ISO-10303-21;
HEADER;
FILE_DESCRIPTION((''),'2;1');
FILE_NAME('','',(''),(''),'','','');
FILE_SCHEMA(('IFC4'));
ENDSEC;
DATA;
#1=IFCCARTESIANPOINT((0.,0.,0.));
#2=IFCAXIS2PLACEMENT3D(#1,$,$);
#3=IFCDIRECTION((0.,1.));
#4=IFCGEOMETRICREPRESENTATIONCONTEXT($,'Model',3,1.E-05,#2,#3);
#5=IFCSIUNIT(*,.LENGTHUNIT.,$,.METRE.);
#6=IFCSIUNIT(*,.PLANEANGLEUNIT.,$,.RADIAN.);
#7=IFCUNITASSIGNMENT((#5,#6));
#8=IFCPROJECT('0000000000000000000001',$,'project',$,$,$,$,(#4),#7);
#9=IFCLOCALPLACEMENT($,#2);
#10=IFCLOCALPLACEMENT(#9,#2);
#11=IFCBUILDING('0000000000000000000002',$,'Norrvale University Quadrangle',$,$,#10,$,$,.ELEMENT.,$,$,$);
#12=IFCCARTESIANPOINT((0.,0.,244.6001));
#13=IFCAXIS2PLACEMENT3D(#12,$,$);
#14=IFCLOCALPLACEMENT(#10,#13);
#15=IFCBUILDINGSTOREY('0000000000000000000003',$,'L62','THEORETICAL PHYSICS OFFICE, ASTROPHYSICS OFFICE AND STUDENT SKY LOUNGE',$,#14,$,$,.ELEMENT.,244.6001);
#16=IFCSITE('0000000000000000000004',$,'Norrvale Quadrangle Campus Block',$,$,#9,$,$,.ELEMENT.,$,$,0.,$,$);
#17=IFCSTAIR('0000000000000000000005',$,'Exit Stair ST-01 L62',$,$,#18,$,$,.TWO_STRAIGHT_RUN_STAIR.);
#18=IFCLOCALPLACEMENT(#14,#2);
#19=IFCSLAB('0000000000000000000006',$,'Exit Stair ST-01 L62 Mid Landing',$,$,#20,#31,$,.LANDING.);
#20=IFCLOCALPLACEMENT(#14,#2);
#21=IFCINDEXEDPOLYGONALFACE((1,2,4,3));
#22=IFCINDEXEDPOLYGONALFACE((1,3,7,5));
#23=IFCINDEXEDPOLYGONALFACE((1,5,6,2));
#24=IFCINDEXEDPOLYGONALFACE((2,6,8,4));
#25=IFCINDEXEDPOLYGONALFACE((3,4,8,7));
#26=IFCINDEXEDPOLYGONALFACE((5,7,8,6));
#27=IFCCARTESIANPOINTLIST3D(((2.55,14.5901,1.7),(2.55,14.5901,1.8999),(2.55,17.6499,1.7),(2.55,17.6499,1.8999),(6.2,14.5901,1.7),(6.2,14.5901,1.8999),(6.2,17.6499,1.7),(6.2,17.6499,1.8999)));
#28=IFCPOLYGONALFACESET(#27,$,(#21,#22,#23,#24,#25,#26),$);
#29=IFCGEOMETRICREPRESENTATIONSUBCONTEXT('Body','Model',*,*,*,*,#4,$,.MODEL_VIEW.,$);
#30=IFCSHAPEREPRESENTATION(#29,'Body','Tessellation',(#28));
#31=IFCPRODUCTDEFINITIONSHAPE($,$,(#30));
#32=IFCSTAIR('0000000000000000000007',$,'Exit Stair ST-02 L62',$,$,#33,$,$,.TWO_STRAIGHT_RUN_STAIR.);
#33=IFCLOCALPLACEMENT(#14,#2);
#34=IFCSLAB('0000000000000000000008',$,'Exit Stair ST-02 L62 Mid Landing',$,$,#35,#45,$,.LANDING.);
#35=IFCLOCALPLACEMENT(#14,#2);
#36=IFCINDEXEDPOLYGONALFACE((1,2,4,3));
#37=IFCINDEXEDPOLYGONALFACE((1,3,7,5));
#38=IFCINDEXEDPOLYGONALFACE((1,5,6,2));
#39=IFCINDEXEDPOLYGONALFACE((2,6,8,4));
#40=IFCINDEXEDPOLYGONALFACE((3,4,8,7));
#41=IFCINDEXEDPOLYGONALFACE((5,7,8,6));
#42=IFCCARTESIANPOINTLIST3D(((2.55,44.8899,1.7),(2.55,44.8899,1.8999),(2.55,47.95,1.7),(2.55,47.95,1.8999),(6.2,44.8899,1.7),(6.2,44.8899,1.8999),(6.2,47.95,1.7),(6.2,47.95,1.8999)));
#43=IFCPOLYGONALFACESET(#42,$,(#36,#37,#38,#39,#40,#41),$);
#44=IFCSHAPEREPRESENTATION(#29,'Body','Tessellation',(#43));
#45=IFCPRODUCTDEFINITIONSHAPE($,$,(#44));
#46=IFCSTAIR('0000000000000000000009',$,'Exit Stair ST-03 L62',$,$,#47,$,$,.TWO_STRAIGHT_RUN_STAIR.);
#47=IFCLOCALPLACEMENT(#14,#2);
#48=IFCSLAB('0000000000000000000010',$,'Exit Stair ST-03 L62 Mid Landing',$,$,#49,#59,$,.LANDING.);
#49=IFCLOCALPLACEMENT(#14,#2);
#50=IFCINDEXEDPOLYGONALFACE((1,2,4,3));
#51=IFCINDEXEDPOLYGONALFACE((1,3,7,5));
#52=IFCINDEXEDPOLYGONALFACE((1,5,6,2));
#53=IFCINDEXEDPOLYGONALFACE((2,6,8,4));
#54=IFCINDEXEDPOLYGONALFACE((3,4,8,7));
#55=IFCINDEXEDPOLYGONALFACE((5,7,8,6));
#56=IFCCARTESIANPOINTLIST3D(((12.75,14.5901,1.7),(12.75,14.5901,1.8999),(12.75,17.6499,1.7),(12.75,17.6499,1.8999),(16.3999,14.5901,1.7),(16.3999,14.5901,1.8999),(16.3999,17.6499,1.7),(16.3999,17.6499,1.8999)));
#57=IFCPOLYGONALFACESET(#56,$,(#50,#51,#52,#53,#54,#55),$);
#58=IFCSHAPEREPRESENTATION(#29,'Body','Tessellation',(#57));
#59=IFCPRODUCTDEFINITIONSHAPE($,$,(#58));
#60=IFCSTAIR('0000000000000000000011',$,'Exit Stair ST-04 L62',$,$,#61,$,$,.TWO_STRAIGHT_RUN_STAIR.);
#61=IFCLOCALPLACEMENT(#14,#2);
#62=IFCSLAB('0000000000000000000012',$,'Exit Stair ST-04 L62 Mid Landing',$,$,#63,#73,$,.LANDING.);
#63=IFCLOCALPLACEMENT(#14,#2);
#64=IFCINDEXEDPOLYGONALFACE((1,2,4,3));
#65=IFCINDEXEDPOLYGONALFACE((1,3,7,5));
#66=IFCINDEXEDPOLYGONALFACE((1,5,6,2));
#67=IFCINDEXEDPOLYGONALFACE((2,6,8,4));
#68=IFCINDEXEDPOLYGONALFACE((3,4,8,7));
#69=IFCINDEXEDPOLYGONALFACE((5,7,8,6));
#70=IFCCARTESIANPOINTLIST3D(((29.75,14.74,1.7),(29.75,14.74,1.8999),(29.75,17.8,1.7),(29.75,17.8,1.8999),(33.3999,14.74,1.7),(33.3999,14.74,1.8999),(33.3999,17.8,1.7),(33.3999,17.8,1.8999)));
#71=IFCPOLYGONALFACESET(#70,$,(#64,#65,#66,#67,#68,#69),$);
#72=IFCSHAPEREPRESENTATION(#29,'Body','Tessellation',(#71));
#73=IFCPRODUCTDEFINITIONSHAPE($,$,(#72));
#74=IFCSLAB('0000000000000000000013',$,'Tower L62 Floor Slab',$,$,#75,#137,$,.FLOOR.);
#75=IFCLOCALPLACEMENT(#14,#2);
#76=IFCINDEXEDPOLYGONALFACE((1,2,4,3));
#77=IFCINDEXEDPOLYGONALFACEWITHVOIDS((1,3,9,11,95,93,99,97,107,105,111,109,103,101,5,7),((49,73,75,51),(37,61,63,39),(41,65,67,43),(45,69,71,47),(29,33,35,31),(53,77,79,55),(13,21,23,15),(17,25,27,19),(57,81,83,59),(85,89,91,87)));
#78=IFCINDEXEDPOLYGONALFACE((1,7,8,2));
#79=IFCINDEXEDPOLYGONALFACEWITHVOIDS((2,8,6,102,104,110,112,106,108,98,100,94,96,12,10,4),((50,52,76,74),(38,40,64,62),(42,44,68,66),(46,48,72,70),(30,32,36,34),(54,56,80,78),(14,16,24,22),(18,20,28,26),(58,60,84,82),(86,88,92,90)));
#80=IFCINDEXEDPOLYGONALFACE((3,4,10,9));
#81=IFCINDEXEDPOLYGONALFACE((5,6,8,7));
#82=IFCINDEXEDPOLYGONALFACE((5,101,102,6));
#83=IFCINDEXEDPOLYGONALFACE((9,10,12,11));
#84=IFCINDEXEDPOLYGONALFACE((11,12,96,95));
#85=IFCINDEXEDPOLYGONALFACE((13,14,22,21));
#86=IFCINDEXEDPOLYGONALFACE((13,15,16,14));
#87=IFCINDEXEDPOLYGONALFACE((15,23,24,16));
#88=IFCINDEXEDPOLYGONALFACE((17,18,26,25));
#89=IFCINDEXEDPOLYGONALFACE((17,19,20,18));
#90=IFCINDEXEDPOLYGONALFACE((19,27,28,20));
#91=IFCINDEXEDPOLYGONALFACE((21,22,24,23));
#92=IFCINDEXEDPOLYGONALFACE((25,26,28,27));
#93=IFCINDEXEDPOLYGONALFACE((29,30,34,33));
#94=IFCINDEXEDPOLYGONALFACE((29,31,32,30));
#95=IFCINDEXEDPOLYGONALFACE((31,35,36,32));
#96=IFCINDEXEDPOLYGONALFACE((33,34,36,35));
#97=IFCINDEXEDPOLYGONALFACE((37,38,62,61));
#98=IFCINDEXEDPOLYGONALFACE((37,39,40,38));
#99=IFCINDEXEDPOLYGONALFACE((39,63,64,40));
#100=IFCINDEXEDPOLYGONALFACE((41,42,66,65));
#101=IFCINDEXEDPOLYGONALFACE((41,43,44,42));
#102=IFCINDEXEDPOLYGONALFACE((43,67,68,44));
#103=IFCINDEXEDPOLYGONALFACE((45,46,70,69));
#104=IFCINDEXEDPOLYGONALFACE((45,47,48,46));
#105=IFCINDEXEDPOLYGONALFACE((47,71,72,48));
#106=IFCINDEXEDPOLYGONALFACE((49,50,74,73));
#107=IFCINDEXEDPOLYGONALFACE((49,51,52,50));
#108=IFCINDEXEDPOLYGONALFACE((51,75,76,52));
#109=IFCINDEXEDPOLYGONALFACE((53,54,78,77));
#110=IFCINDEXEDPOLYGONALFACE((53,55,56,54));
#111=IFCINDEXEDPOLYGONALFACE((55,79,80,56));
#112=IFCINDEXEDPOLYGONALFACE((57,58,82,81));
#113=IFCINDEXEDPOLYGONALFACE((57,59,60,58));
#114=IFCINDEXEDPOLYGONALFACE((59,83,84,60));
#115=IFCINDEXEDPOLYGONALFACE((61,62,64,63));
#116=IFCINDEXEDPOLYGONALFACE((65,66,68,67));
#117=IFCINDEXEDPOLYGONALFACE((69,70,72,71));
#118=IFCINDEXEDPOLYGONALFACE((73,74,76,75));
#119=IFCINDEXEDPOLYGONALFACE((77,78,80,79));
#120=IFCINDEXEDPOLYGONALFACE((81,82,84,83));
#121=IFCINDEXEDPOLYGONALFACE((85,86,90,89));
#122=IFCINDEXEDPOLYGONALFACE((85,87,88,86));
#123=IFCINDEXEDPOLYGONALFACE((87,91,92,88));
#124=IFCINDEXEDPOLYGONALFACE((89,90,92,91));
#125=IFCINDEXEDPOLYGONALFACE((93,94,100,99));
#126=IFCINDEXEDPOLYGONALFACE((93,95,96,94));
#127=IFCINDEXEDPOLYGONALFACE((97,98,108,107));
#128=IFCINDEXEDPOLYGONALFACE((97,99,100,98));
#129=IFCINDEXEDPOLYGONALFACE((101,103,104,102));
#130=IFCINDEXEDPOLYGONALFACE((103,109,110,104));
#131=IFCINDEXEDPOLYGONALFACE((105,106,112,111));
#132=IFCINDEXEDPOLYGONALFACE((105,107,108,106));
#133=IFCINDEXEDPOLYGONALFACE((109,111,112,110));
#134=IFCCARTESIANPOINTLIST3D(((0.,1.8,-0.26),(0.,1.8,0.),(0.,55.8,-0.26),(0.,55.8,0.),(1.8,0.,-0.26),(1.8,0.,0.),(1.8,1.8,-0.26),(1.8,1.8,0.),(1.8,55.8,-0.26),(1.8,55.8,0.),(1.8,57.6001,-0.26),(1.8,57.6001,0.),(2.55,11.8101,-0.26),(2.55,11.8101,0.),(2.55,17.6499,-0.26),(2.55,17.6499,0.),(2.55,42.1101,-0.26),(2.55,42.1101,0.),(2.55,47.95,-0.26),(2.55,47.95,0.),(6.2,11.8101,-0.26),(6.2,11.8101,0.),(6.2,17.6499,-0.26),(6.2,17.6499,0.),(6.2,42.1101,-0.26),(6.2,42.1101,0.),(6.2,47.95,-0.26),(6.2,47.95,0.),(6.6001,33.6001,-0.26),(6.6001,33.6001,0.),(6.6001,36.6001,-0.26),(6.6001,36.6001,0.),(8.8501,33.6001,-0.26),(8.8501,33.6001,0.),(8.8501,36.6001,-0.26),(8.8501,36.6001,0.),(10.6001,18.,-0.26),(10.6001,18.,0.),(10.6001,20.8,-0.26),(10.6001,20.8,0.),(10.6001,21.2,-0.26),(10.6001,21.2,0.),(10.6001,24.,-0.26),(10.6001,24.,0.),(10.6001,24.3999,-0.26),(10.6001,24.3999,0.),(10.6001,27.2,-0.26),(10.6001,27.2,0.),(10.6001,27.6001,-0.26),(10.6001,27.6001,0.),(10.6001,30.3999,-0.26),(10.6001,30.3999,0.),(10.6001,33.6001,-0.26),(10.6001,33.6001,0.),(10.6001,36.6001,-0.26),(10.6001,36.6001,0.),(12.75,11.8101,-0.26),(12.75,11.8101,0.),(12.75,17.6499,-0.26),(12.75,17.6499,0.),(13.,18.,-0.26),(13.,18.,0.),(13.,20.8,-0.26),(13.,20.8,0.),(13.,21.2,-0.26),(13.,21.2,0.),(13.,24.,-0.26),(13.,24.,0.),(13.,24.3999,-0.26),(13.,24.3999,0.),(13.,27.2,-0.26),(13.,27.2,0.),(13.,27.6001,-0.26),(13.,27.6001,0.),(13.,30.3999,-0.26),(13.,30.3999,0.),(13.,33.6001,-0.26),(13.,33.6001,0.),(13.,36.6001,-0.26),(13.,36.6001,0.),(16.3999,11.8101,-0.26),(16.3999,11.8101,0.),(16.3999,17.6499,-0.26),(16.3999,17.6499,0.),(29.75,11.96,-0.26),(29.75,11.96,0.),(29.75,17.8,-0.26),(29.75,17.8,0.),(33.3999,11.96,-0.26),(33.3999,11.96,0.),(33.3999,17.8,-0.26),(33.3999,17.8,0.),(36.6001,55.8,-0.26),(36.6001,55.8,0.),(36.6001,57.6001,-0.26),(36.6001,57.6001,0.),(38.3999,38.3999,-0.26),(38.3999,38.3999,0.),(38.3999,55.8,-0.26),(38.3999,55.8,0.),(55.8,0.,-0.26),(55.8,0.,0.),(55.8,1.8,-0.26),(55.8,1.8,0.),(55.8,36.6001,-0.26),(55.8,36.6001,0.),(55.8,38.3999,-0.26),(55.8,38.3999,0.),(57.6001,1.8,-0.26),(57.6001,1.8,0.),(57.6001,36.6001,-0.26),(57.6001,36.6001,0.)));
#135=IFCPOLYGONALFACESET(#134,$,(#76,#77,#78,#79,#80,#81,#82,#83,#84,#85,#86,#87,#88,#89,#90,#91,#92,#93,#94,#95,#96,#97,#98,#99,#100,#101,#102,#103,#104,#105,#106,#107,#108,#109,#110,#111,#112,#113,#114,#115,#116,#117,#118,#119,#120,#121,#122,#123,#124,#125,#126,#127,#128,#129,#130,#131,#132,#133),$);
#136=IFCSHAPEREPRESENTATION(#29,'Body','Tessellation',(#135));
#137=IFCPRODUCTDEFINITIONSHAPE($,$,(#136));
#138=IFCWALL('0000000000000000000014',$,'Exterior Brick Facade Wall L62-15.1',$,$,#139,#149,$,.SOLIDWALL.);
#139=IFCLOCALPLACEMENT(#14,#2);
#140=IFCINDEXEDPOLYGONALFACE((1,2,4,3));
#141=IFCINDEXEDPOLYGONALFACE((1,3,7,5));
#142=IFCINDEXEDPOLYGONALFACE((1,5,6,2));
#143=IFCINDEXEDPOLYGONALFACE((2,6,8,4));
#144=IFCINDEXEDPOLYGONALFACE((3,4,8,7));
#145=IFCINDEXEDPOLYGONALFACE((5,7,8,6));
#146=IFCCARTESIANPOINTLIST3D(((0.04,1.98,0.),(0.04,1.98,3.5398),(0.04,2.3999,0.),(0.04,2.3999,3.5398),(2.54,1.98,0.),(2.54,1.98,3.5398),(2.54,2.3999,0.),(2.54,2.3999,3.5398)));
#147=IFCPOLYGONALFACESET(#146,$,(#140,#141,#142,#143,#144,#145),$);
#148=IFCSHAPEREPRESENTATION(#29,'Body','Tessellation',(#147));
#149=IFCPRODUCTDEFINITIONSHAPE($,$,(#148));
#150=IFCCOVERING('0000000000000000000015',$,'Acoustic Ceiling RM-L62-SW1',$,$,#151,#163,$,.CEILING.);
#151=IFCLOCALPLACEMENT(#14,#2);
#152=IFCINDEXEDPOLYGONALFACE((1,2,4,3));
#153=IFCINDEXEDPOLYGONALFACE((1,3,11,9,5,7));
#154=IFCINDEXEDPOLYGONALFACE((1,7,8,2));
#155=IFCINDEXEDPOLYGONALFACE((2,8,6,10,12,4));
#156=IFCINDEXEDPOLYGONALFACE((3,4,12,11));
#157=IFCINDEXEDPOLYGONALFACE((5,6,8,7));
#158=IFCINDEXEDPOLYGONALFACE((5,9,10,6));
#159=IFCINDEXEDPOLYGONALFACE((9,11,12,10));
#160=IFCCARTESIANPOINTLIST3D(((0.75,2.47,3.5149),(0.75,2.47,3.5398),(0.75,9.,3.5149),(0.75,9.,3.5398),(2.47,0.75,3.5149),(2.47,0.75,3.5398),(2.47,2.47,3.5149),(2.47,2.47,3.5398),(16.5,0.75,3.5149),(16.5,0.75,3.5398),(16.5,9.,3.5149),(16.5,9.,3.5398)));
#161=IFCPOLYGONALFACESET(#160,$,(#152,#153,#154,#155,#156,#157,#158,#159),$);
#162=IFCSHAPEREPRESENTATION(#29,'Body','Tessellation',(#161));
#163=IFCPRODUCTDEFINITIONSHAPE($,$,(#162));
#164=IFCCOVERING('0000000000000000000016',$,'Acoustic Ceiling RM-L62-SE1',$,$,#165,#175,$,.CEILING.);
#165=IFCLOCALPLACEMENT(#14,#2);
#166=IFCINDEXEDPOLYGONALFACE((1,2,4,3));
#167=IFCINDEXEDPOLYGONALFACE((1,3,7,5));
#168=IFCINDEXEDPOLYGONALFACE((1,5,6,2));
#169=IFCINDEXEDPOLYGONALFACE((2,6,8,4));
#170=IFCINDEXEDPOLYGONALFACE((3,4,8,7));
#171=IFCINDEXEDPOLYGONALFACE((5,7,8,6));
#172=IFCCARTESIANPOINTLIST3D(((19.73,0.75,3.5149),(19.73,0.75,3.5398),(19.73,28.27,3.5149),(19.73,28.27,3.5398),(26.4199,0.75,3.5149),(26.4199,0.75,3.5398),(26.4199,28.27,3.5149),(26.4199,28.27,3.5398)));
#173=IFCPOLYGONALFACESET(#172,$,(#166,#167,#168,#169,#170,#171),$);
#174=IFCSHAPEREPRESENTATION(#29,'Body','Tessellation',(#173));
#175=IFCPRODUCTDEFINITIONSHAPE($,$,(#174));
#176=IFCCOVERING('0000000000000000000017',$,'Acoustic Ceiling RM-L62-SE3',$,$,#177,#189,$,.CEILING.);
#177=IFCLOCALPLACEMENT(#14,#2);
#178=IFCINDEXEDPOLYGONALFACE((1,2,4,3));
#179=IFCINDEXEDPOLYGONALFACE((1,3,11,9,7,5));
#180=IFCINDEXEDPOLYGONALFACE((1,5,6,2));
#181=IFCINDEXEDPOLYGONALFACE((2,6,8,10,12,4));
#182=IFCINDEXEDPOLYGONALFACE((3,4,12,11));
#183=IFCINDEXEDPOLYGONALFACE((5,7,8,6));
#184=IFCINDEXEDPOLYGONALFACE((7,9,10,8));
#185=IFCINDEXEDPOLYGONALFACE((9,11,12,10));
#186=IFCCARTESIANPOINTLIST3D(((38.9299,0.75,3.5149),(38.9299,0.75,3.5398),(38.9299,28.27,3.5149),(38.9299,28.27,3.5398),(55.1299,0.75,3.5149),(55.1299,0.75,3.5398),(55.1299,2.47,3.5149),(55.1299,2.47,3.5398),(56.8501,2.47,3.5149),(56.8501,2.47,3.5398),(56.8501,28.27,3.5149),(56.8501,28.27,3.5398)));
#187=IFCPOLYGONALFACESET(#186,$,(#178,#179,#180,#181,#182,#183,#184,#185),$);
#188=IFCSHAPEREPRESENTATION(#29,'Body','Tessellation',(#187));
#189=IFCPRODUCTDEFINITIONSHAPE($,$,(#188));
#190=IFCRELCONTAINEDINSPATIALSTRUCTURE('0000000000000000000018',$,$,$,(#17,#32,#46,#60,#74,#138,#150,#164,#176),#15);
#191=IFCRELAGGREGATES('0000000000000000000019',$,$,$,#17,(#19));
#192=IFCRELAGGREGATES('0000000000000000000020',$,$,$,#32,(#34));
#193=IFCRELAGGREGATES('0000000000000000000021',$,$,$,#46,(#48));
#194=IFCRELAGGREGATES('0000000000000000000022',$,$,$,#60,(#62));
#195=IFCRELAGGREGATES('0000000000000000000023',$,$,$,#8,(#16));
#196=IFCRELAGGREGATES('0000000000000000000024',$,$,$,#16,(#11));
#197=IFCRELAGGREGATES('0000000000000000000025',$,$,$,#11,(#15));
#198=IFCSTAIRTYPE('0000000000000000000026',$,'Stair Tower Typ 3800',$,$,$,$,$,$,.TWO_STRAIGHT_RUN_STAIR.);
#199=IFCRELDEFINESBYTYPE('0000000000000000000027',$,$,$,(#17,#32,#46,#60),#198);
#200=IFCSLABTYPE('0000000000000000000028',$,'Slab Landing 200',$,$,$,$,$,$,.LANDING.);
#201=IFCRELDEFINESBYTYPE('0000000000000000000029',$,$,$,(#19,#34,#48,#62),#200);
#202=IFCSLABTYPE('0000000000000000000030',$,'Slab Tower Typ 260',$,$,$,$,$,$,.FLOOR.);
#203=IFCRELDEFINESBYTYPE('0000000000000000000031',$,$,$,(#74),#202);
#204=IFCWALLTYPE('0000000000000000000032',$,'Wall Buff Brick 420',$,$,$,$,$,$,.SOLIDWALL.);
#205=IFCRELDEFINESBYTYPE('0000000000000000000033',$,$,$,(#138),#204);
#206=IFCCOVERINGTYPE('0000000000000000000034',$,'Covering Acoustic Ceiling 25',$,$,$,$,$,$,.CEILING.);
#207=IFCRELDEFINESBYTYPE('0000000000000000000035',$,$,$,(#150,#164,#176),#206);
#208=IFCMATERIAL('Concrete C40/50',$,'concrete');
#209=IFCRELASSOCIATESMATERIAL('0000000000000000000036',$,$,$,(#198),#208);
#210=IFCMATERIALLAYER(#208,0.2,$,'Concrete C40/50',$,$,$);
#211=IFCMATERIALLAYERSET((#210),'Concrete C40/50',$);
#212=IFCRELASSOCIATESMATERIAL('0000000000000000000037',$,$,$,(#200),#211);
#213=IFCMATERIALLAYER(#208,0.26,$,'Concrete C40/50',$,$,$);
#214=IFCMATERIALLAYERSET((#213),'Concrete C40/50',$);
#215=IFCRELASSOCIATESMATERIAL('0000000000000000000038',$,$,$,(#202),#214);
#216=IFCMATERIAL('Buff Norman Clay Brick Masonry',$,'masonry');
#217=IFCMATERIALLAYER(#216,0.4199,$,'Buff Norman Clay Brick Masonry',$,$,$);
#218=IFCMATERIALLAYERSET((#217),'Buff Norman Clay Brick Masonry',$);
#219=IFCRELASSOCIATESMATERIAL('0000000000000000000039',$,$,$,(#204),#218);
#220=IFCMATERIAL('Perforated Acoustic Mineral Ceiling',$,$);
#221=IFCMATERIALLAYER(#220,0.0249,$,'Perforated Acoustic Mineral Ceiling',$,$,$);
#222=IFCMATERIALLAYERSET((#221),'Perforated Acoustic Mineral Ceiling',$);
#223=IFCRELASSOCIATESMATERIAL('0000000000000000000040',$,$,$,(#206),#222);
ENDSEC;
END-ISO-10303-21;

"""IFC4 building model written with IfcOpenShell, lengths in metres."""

from ifc_helpers import new_model, si_unit, direction, frame, frame_2d, origin, place, context, subcontext, project, spatial, polyline, rectangle, outline, extrude, material, layer, layer_set, type_object, element, aggregate, save


model = new_model("IFC4")

# Units and contexts
model_context = context("Model", 3, precision=1e-05, world=origin(), true_north=direction((0.0, 1.0)))
body_context = subcontext(model_context, "Body", "Model", "MODEL_VIEW")
ifc_project = project(units=[si_unit("LENGTHUNIT", "METRE"), si_unit("PLANEANGLEUNIT", "RADIAN")], contexts=[model_context])

# Site, building, storey
site_placement = place(None, origin())
site = spatial("IfcSite", under=ifc_project, at=site_placement, Name="Norrvale Quadrangle Campus Block", CompositionType="ELEMENT", RefElevation=0.0)
building_placement = place(site_placement, origin())
building = spatial("IfcBuilding", under=site, at=building_placement, Name="Norrvale University Quadrangle", CompositionType="ELEMENT")
storey_placement = place(building_placement, frame((0.0, 0.0, 244.6001)))
storey = spatial("IfcBuildingStorey", under=building, at=storey_placement, Name="L62", Description="THEORETICAL PHYSICS OFFICE, ASTROPHYSICS OFFICE AND STUDENT SKY LOUNGE", CompositionType="ELEMENT", Elevation=244.6001)

# Stairs, slabs
ifc_material_1 = material(Name="Concrete C40/50", Category="concrete")
stair_type = type_object("IfcStairType", Name="Stair Tower Typ 3800", PredefinedType="TWO_STRAIGHT_RUN_STAIR", material=ifc_material_1)
stair_1_placement = place(storey_placement, origin())
stair_1 = element("IfcStair", 1, at=stair_1_placement, inside=storey, type_object=stair_type, Name="Exit Stair ST-01 L62", PredefinedType="TWO_STRAIGHT_RUN_STAIR")
ifc_layer_1 = layer(ifc_material_1, 0.2, Name="Concrete C40/50")
ifc_layer_set_1 = layer_set([ifc_layer_1], Name="Concrete C40/50")
slab_type_1 = type_object("IfcSlabType", Name="Slab Landing 200", PredefinedType="LANDING", material=ifc_layer_set_1)
slab_1_placement = place(storey_placement, frame((0.0, 0.0, 1.7)))
slab_1 = element("IfcSlab", 2, at=slab_1_placement, type_object=slab_type_1, Name="Exit Stair ST-01 L62 Mid Landing", PredefinedType="LANDING", context=body_context, shape_type="SweptSolid", body=[
    extrude(outline(polyline([(2.55, 14.5901), (6.2, 14.5901), (6.2, 17.6499), (2.55, 17.6499), (2.55, 14.5901)])), origin(), (0.0, 0.0, 1.0), 0.2),
])
aggregate(stair_1, [slab_1])
stair_2_placement = place(storey_placement, origin())
stair_2 = element("IfcStair", 3, at=stair_2_placement, inside=storey, type_object=stair_type, Name="Exit Stair ST-02 L62", PredefinedType="TWO_STRAIGHT_RUN_STAIR")
slab_2_placement = place(storey_placement, frame((0.0, 0.0, 1.7)))
slab_2 = element("IfcSlab", 4, at=slab_2_placement, type_object=slab_type_1, Name="Exit Stair ST-02 L62 Mid Landing", PredefinedType="LANDING", context=body_context, shape_type="SweptSolid", body=[
    extrude(outline(polyline([(2.55, 44.8899), (6.2, 44.8899), (6.2, 47.95), (2.55, 47.95), (2.55, 44.8899)])), origin(), (0.0, 0.0, 1.0), 0.2),
])
aggregate(stair_2, [slab_2])
stair_3_placement = place(storey_placement, origin())
stair_3 = element("IfcStair", 5, at=stair_3_placement, inside=storey, type_object=stair_type, Name="Exit Stair ST-03 L62", PredefinedType="TWO_STRAIGHT_RUN_STAIR")
slab_3_placement = place(storey_placement, frame((0.0, 0.0, 1.7)))
slab_3 = element("IfcSlab", 6, at=slab_3_placement, type_object=slab_type_1, Name="Exit Stair ST-03 L62 Mid Landing", PredefinedType="LANDING", context=body_context, shape_type="SweptSolid", body=[
    extrude(outline(polyline([(12.75, 14.5901), (16.3999, 14.5901), (16.3999, 17.6499), (12.75, 17.6499), (12.75, 14.5901)])), origin(), (0.0, 0.0, 1.0), 0.2),
])
aggregate(stair_3, [slab_3])
stair_4_placement = place(storey_placement, origin())
stair_4 = element("IfcStair", 7, at=stair_4_placement, inside=storey, type_object=stair_type, Name="Exit Stair ST-04 L62", PredefinedType="TWO_STRAIGHT_RUN_STAIR")
slab_4_placement = place(storey_placement, frame((0.0, 0.0, 1.7)))
slab_4 = element("IfcSlab", 8, at=slab_4_placement, type_object=slab_type_1, Name="Exit Stair ST-04 L62 Mid Landing", PredefinedType="LANDING", context=body_context, shape_type="SweptSolid", body=[
    extrude(outline(polyline([(29.75, 14.74), (33.3999, 14.74), (33.3999, 17.8), (29.75, 17.8), (29.75, 14.74)])), origin(), (0.0, 0.0, 1.0), 0.2),
])
aggregate(stair_4, [slab_4])

# Slab
ifc_layer_2 = layer(ifc_material_1, 0.26, Name="Concrete C40/50")
ifc_layer_set_2 = layer_set([ifc_layer_2], Name="Concrete C40/50")
slab_type_2 = type_object("IfcSlabType", Name="Slab Tower Typ 260", PredefinedType="FLOOR", material=ifc_layer_set_2)
slab_5_placement = place(storey_placement, frame((0.0, 0.0, -0.26)))
element("IfcSlab", 9, at=slab_5_placement, inside=storey, type_object=slab_type_2, Name="Tower L62 Floor Slab", PredefinedType="FLOOR", context=body_context, shape_type="SweptSolid", body=[
    extrude(outline(polyline([(1.8, 0.0), (55.8, 0.0), (55.8, 1.8), (57.6001, 1.8), (57.6001, 36.6001), (55.8, 36.6001), (55.8, 38.3999), (38.3999, 38.3999), (38.3999, 55.8), (36.6001, 55.8), (36.6001, 57.6001), (1.8, 57.6001), (1.8, 55.8), (0.0, 55.8), (0.0, 1.8), (1.8, 1.8), (1.8, 0.0)]), holes=[polyline([(2.55, 11.8101), (6.2, 11.8101), (6.2, 17.6499), (2.55, 17.6499), (2.55, 11.8101)]), polyline([(2.55, 42.1101), (6.2, 42.1101), (6.2, 47.95), (2.55, 47.95), (2.55, 42.1101)]), polyline([(12.75, 11.8101), (16.3999, 11.8101), (16.3999, 17.6499), (12.75, 17.6499), (12.75, 11.8101)]), polyline([(29.75, 11.96), (33.3999, 11.96), (33.3999, 17.8), (29.75, 17.8), (29.75, 11.96)]), polyline([(10.6001, 18.0), (13.0, 18.0), (13.0, 20.8), (10.6001, 20.8), (10.6001, 18.0)]), polyline([(10.6001, 21.2), (13.0, 21.2), (13.0, 24.0), (10.6001, 24.0), (10.6001, 21.2)]), polyline([(10.6001, 24.3999), (13.0, 24.3999), (13.0, 27.2), (10.6001, 27.2), (10.6001, 24.3999)]), polyline([(10.6001, 27.6001), (13.0, 27.6001), (13.0, 30.3999), (10.6001, 30.3999), (10.6001, 27.6001)]), polyline([(6.6001, 33.6001), (8.8501, 33.6001), (8.8501, 36.6001), (6.6001, 36.6001), (6.6001, 33.6001)]), polyline([(10.6001, 33.6001), (13.0, 33.6001), (13.0, 36.6001), (10.6001, 36.6001), (10.6001, 33.6001)])]), origin(), (0.0, 0.0, 1.0), 0.26),
])

# Wall
ifc_material_2 = material(Name="Buff Norman Clay Brick Masonry", Category="masonry")
ifc_layer_3 = layer(ifc_material_2, 0.4199, Name="Buff Norman Clay Brick Masonry")
ifc_layer_set_3 = layer_set([ifc_layer_3], Name="Buff Norman Clay Brick Masonry")
wall_type = type_object("IfcWallType", Name="Wall Buff Brick 420", PredefinedType="SOLIDWALL", material=ifc_layer_set_3)
wall_placement = place(storey_placement, frame((0.04, 2.1899, 0.0), z_axis=(0.0, 0.0, 1.0), x_axis=(1.0, 0.0, 0.0)))
element("IfcWall", 10, at=wall_placement, inside=storey, type_object=wall_type, Name="Exterior Brick Facade Wall L62-15.1", PredefinedType="SOLIDWALL", context=body_context, shape_type="SweptSolid", body=[
    extrude(rectangle(XDim=2.5, YDim=0.4199, at=frame_2d((1.25, 0.0))), origin(), (0.0, 0.0, 1.0), 3.5398),
])

# Coverings
ifc_material_3 = material(Name="Perforated Acoustic Mineral Ceiling")
ifc_layer_4 = layer(ifc_material_3, 0.0249, Name="Perforated Acoustic Mineral Ceiling")
ifc_layer_set_4 = layer_set([ifc_layer_4], Name="Perforated Acoustic Mineral Ceiling")
covering_type_1 = type_object("IfcCoveringType", Name="Covering Acoustic Ceiling 25", PredefinedType="CEILING", material=ifc_layer_set_4)
covering_1_placement = place(storey_placement, frame((0.0, 0.0, 3.5149)))
element("IfcCovering", 11, at=covering_1_placement, inside=storey, type_object=covering_type_1, Name="Acoustic Ceiling RM-L62-SW1", PredefinedType="CEILING", context=body_context, shape_type="SweptSolid", body=[
    extrude(outline(polyline([(0.75, 9.0), (16.5, 9.0), (16.5, 0.75), (2.47, 0.75), (2.47, 2.47), (0.75, 2.47), (0.75, 9.0)])), origin(), (0.0, 0.0, 1.0), 0.0249),
])
covering_2_placement = place(storey_placement, frame((0.0, 0.0, 3.5149)))
element("IfcCovering", 12, at=covering_2_placement, inside=storey, type_object=covering_type_1, Name="Acoustic Ceiling RM-L62-SE1", PredefinedType="CEILING", context=body_context, shape_type="SweptSolid", body=[
    extrude(outline(polyline([(19.73, 28.27), (26.4199, 28.27), (26.4199, 0.75), (19.73, 0.75), (19.73, 28.27)])), origin(), (0.0, 0.0, 1.0), 0.0249),
])
covering_3_placement = place(storey_placement, frame((0.0, 0.0, 3.5149)))
element("IfcCovering", 13, at=covering_3_placement, inside=storey, type_object=covering_type_1, Name="Acoustic Ceiling RM-L62-SE3", PredefinedType="CEILING", context=body_context, shape_type="SweptSolid", body=[
    extrude(outline(polyline([(38.9299, 0.75), (38.9299, 28.27), (56.8501, 28.27), (56.8501, 2.47), (55.1299, 2.47), (55.1299, 0.75), (38.9299, 0.75)])), origin(), (0.0, 0.0, 1.0), 0.0249),
])

save(model, "model.ifc")
